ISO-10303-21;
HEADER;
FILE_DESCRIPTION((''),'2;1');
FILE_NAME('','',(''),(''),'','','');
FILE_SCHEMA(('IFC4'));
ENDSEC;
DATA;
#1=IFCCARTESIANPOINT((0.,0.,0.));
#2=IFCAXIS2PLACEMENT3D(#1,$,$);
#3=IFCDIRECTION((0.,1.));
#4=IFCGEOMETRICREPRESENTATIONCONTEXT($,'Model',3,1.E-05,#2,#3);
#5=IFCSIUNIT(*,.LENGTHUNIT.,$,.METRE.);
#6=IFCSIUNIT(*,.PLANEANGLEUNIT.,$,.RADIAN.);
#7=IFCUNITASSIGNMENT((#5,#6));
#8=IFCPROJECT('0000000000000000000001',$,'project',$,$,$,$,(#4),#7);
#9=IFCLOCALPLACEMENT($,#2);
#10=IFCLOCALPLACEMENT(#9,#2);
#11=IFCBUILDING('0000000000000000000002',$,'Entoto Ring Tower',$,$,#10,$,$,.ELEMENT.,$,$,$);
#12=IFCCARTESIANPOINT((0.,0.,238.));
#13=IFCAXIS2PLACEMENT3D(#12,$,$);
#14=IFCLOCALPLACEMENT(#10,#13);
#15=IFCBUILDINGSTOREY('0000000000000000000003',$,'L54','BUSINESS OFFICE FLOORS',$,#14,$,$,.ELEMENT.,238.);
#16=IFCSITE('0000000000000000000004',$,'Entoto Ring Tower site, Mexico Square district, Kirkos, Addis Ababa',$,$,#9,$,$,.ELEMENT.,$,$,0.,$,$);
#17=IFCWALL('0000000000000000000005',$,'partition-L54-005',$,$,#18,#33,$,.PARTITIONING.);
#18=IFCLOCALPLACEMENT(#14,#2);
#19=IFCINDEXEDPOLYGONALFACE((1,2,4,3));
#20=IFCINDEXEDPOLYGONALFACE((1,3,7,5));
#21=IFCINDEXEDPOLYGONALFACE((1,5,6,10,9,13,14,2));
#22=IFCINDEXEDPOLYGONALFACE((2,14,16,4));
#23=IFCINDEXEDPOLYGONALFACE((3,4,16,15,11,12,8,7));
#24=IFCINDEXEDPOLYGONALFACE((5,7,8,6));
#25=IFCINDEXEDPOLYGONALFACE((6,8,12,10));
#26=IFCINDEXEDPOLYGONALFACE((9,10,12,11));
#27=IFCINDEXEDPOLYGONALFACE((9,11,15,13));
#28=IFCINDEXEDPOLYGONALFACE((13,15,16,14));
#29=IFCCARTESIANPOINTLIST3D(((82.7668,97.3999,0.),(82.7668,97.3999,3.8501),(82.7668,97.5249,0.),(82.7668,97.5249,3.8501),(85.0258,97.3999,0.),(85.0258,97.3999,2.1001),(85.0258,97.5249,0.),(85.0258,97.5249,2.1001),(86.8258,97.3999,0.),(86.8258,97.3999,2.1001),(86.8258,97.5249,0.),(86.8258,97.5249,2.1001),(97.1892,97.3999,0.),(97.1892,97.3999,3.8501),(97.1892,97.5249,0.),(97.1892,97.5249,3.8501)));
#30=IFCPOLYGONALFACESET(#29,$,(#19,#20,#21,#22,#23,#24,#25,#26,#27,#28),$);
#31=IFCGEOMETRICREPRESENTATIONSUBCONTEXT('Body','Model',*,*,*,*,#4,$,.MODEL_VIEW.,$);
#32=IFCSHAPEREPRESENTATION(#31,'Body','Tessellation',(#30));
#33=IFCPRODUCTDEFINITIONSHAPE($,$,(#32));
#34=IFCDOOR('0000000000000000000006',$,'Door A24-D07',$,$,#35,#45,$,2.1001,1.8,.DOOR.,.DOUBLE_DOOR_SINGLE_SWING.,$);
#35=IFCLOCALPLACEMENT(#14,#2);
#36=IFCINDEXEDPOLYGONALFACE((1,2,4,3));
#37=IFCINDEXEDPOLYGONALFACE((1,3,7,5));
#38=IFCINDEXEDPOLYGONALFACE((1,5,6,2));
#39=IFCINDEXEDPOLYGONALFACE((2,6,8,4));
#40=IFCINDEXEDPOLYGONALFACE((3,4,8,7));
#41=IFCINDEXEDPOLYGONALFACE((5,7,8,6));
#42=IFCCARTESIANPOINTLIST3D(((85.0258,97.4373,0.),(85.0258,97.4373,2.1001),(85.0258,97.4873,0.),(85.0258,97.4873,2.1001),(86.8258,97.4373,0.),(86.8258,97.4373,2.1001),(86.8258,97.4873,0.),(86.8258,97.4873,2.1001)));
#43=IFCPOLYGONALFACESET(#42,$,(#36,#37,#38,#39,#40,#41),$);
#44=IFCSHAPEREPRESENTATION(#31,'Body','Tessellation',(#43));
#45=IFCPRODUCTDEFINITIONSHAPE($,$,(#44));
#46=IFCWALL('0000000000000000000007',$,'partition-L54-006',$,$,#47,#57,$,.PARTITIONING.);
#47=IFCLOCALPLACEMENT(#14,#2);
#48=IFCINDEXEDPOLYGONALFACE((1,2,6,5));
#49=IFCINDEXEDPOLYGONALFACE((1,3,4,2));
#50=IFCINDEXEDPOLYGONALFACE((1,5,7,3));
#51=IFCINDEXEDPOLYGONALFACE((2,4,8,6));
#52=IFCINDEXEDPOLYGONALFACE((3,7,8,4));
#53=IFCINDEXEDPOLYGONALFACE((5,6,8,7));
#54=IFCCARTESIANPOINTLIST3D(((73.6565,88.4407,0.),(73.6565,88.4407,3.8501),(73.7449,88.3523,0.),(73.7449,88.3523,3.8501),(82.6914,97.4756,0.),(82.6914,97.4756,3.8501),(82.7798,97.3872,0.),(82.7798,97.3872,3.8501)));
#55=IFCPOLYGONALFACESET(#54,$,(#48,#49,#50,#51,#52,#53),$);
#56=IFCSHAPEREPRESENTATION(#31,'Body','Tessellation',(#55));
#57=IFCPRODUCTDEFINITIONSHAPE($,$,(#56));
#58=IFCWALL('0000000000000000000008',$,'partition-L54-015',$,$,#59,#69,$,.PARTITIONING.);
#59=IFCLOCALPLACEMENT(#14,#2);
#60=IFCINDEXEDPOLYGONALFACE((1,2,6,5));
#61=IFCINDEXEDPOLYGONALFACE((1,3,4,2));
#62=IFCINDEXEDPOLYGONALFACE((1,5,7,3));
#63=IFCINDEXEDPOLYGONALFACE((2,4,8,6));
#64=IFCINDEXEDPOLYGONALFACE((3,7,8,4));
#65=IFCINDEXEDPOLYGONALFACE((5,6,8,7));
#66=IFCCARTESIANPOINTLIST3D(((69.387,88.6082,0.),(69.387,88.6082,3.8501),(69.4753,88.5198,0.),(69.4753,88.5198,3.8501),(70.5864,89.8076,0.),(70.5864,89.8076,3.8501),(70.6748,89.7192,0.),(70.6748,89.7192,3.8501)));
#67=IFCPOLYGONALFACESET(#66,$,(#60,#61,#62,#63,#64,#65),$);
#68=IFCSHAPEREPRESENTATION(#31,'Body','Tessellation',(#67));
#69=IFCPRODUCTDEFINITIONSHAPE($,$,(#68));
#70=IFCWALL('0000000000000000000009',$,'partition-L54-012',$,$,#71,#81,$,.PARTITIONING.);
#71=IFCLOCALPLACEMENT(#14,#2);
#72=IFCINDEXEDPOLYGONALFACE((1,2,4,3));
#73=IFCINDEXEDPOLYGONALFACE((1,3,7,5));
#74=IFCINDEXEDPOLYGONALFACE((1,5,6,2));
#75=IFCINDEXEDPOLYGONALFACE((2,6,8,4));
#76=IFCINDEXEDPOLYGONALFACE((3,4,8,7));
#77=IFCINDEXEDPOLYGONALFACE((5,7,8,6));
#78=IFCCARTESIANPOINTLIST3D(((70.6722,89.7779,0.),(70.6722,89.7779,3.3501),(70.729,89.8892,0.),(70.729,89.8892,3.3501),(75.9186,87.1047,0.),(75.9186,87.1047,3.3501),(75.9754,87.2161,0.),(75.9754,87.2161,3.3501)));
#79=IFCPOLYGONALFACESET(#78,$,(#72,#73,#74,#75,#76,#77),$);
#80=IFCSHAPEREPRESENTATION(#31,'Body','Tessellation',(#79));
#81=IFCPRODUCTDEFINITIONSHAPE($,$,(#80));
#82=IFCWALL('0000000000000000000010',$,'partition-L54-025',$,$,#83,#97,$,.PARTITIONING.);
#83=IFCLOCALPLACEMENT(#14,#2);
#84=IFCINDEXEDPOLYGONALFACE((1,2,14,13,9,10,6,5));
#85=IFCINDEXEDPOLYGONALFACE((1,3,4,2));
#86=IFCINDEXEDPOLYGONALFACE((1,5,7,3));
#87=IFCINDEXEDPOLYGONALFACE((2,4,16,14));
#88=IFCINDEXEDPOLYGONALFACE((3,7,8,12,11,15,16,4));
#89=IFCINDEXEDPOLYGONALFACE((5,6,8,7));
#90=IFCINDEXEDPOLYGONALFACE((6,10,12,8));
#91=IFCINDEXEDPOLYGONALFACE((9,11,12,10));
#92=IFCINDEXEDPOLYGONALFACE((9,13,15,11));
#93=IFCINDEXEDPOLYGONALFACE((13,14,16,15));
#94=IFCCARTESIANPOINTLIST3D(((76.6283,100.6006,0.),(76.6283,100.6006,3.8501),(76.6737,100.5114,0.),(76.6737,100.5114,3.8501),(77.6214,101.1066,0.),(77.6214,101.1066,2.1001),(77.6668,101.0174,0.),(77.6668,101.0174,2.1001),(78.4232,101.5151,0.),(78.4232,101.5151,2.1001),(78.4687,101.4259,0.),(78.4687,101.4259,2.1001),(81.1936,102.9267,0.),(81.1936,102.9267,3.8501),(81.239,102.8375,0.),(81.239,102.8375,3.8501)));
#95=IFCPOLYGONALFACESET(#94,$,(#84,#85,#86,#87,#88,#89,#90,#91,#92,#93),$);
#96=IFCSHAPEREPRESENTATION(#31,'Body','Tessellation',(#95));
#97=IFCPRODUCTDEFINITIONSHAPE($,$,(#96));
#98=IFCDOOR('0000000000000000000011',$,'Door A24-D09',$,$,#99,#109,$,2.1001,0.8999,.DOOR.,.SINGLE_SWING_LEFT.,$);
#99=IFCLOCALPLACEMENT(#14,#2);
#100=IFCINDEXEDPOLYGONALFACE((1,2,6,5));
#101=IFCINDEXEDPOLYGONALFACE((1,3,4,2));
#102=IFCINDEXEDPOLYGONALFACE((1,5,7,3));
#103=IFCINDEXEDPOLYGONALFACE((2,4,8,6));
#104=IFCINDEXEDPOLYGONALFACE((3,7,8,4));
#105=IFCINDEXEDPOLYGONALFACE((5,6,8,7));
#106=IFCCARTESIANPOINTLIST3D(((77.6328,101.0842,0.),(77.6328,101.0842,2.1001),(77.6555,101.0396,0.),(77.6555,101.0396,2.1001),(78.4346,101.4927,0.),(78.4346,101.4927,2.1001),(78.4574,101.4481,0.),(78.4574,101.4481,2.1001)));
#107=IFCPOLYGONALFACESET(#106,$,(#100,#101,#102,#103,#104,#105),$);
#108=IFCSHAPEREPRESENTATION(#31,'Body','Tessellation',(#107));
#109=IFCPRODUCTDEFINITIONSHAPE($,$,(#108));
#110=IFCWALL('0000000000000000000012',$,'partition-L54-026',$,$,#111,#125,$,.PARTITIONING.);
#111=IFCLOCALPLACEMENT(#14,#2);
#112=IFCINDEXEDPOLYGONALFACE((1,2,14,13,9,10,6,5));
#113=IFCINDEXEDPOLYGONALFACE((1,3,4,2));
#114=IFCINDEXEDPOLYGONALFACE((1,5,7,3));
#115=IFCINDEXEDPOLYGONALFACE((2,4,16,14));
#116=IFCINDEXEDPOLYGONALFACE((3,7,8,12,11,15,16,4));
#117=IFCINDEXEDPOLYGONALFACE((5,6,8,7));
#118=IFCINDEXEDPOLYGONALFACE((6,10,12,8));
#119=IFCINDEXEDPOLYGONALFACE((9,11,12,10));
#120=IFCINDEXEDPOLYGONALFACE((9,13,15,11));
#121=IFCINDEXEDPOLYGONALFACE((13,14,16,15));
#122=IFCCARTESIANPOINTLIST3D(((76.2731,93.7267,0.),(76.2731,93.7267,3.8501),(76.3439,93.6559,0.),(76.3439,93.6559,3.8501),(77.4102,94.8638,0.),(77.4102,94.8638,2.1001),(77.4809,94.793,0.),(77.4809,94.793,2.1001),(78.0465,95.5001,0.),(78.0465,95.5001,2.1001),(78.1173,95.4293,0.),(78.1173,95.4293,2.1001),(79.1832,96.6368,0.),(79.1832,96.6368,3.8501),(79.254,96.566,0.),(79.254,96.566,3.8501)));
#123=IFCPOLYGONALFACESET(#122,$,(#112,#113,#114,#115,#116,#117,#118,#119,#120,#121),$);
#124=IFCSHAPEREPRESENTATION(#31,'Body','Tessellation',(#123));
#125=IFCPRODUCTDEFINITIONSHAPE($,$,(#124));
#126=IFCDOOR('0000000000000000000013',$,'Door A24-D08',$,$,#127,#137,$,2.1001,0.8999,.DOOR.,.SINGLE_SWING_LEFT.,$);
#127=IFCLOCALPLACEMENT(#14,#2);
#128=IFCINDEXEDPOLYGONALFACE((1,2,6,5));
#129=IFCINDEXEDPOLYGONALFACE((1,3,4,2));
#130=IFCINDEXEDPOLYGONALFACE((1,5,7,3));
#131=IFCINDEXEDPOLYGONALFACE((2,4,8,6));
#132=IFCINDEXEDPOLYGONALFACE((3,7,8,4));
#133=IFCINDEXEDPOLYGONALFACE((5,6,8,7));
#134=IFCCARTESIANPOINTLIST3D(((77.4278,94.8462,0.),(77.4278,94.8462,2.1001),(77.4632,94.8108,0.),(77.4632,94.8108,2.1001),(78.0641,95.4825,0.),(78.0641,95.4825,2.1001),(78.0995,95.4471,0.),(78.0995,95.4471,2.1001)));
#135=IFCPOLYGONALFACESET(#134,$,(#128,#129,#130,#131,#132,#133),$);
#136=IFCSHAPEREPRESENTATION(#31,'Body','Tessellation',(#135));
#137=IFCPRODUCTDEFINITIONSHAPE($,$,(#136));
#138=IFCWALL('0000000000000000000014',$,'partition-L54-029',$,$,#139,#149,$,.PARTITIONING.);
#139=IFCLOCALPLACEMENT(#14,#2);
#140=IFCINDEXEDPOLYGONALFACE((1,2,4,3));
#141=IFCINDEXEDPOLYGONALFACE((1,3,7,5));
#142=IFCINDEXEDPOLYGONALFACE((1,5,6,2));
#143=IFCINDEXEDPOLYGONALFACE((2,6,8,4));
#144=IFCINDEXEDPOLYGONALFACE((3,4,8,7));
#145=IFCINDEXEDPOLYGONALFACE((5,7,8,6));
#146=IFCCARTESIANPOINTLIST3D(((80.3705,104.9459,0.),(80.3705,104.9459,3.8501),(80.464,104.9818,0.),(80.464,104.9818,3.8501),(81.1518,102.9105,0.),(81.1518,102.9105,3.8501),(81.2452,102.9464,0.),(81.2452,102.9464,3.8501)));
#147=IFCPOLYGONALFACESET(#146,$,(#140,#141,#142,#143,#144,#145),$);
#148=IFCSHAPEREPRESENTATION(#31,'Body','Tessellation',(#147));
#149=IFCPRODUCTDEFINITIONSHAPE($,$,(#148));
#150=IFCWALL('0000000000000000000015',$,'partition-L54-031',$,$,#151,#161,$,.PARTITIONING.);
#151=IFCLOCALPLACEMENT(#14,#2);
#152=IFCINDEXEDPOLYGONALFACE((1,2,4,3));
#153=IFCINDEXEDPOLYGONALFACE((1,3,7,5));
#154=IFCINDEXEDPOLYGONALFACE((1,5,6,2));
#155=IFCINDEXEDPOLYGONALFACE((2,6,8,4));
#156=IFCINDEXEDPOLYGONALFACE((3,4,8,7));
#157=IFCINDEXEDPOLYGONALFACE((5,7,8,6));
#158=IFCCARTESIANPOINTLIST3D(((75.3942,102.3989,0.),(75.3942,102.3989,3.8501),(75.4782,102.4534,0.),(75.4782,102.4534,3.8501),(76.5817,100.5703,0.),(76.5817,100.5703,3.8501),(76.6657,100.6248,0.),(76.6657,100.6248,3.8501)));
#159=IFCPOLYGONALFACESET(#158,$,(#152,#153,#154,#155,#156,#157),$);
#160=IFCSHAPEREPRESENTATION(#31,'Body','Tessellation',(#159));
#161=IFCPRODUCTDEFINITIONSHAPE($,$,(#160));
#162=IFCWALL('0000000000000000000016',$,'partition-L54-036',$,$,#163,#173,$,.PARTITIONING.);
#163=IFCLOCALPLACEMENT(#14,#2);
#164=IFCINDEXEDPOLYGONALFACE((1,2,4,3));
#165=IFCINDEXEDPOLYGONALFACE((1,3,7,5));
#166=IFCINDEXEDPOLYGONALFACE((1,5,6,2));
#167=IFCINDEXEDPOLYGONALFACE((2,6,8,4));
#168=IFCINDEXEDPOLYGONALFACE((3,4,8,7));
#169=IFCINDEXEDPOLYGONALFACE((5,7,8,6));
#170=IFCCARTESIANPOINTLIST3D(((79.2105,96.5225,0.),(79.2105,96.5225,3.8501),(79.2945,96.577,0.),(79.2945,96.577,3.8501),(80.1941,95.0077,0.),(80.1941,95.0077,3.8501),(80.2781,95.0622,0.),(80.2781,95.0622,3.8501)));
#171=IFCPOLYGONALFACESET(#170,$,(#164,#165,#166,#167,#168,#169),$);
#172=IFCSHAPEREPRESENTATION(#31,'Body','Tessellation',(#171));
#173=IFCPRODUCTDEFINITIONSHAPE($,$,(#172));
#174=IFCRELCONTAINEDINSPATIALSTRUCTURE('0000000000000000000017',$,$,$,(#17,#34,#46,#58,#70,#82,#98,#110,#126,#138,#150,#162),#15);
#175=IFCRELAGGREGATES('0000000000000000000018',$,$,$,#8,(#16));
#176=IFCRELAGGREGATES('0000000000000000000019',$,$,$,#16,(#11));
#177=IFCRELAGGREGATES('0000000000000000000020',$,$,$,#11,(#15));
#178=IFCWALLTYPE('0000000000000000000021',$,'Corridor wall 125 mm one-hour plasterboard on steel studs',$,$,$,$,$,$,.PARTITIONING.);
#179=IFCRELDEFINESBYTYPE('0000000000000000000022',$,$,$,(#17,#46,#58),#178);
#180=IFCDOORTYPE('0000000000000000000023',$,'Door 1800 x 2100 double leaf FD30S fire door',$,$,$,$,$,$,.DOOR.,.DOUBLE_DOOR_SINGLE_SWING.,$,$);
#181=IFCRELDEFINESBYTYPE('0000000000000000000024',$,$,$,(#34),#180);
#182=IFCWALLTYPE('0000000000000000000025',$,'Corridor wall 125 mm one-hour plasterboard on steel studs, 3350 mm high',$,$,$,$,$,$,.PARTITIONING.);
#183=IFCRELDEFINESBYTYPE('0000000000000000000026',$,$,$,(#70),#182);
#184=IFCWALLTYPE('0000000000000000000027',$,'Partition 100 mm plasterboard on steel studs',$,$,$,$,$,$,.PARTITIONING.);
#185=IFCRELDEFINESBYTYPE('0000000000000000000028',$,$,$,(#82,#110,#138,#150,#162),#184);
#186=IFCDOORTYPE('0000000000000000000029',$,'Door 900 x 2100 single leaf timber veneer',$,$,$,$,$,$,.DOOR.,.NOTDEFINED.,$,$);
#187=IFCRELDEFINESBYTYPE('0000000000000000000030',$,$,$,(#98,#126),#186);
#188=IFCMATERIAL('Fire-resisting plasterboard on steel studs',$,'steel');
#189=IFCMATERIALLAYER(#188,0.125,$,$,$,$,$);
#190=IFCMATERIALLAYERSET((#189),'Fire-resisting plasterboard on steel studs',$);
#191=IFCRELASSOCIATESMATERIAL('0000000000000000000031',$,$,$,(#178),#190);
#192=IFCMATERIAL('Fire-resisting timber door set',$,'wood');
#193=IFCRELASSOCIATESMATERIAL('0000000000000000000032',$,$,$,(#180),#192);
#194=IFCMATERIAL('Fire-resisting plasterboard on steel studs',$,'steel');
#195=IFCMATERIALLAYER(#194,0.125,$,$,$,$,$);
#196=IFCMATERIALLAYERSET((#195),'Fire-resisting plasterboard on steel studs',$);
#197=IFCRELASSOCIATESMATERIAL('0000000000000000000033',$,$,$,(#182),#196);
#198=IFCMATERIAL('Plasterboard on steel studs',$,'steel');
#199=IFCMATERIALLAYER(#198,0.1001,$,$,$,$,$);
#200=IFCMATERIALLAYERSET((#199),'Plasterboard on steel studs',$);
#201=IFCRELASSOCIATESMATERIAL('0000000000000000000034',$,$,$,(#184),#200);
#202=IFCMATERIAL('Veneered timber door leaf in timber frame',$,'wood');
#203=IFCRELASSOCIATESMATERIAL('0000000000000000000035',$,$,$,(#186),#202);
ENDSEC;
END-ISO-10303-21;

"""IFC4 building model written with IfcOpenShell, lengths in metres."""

from ifc_helpers import new_model, si_unit, direction, frame, frame_2d, origin, place, context, subcontext, project, spatial, rectangle, extrude, material, layer, layer_set, type_object, element, fill, save


model = new_model("IFC4")

# Units and contexts
model_context = context("Model", 3, precision=1e-05, world=origin(), true_north=direction((0.0, 1.0)))
body_context = subcontext(model_context, "Body", "Model", "MODEL_VIEW")
ifc_project = project(units=[si_unit("LENGTHUNIT", "METRE"), si_unit("PLANEANGLEUNIT", "RADIAN")], contexts=[model_context])

# Site, building, storey
site_placement = place(None, origin())
site = spatial("IfcSite", under=ifc_project, at=site_placement, Name="Entoto Ring Tower site, Mexico Square district, Kirkos, Addis Ababa", CompositionType="ELEMENT", RefElevation=0.0)
building_placement = place(site_placement, origin())
building = spatial("IfcBuilding", under=site, at=building_placement, Name="Entoto Ring Tower", CompositionType="ELEMENT")
storey_placement = place(building_placement, frame((0.0, 0.0, 238.0)))
storey = spatial("IfcBuildingStorey", under=building, at=storey_placement, Name="L54", Description="BUSINESS OFFICE FLOORS", CompositionType="ELEMENT", Elevation=238.0)

# Wall, opening, door
ifc_material_1 = material(Name="Fire-resisting plasterboard on steel studs", Category="steel")
ifc_layer_1 = layer(ifc_material_1, 0.125)
ifc_layer_set_1 = layer_set([ifc_layer_1], Name="Fire-resisting plasterboard on steel studs")
wall_type_1 = type_object("IfcWallType", Name="Corridor wall 125 mm one-hour plasterboard on steel studs", PredefinedType="PARTITIONING", material=ifc_layer_set_1)
wall_1_placement = place(storey_placement, frame((82.7668, 97.4624, 0.0), z_axis=(0.0, 0.0, 1.0), x_axis=(1.0, 0.0, 0.0)))
wall_1 = element("IfcWall", 1, at=wall_1_placement, inside=storey, type_object=wall_type_1, Name="partition-L54-005", PredefinedType="PARTITIONING", context=body_context, shape_type="SweptSolid", body=[
    extrude(rectangle(XDim=14.4224, YDim=0.125, at=frame_2d((7.2112, 0.0))), origin(), (0.0, 0.0, 1.0), 3.8501),
])
opening_1_placement = place(wall_1_placement, frame((2.259, 0.0, 0.0)))
opening_1 = element("IfcOpeningElement", 2, at=opening_1_placement, cuts=wall_1, PredefinedType="OPENING", context=body_context, shape_type="SweptSolid", body=[
    extrude(rectangle(XDim=1.8, YDim=2.1001, at=frame_2d((0.8999, 1.05))), frame((0.0, 0.0725, 0.0), z_axis=(0.0, -1.0, 0.0), x_axis=(1.0, 0.0, 0.0)), (0.0, 0.0, 1.0), 0.145),
])
ifc_material_2 = material(Name="Fire-resisting timber door set", Category="wood")
door_type_1 = type_object("IfcDoorType", Name="Door 1800 x 2100 double leaf FD30S fire door", OperationType="DOUBLE_DOOR_SINGLE_SWING", PredefinedType="DOOR", material=ifc_material_2)
door_1_placement = place(opening_1_placement, origin())
door_1 = element("IfcDoor", 3, at=door_1_placement, inside=storey, type_object=door_type_1, Name="Door A24-D07", OperationType="DOUBLE_DOOR_SINGLE_SWING", OverallHeight=2.1001, OverallWidth=1.8, PredefinedType="DOOR", context=body_context, shape_type="SweptSolid", body=[
    extrude(rectangle(XDim=1.8, YDim=2.1001, at=frame_2d((0.8999, 1.05))), frame((0.0, 0.0249, 0.0), z_axis=(0.0, -1.0, 0.0), x_axis=(1.0, 0.0, 0.0)), (0.0, 0.0, 1.0), 0.05),
])
fill(opening_1, door_1)

# Walls
wall_2_placement = place(storey_placement, frame((73.7007, 88.3965, 0.0), z_axis=(0.0, 0.0, 1.0), x_axis=(0.707107, 0.707107, 0.0)))
element("IfcWall", 4, at=wall_2_placement, inside=storey, type_object=wall_type_1, Name="partition-L54-006", PredefinedType="PARTITIONING", context=body_context, shape_type="SweptSolid", body=[
    extrude(rectangle(XDim=12.7773, YDim=0.125, at=frame_2d((6.3887, 0.0))), origin(), (0.0, 0.0, 1.0), 3.8501),
])
wall_3_placement = place(storey_placement, frame((69.4312, 88.564, 0.0), z_axis=(0.0, 0.0, 1.0), x_axis=(0.707107, 0.707107, 0.0)))
element("IfcWall", 5, at=wall_3_placement, inside=storey, type_object=wall_type_1, Name="partition-L54-015", PredefinedType="PARTITIONING", context=body_context, shape_type="SweptSolid", body=[
    extrude(rectangle(XDim=1.6963, YDim=0.125, at=frame_2d((0.8481, 0.0))), origin(), (0.0, 0.0, 1.0), 3.8501),
])
ifc_material_3 = material(Name="Fire-resisting plasterboard on steel studs", Category="steel")
ifc_layer_2 = layer(ifc_material_3, 0.125)
ifc_layer_set_2 = layer_set([ifc_layer_2], Name="Fire-resisting plasterboard on steel studs")
wall_type_2 = type_object("IfcWallType", Name="Corridor wall 125 mm one-hour plasterboard on steel studs, 3350 mm high", PredefinedType="PARTITIONING", material=ifc_layer_set_2)
wall_4_placement = place(storey_placement, frame((75.947, 87.1604, 0.0), z_axis=(0.0, 0.0, 1.0), x_axis=(-0.89101, 0.453984, 0.0)))
element("IfcWall", 6, at=wall_4_placement, inside=storey, type_object=wall_type_2, Name="partition-L54-012", PredefinedType="PARTITIONING", context=body_context, shape_type="SweptSolid", body=[
    extrude(rectangle(XDim=5.8882, YDim=0.125, at=frame_2d((2.9441, 0.0))), origin(), (0.0, 0.0, 1.0), 3.3501),
])

# Walls, openings, doors
ifc_material_4 = material(Name="Plasterboard on steel studs", Category="steel")
ifc_layer_3 = layer(ifc_material_4, 0.1001)
ifc_layer_set_3 = layer_set([ifc_layer_3], Name="Plasterboard on steel studs")
wall_type_3 = type_object("IfcWallType", Name="Partition 100 mm plasterboard on steel studs", PredefinedType="PARTITIONING", material=ifc_layer_set_3)
wall_5_placement = place(storey_placement, frame((76.6509, 100.5559, 0.0), z_axis=(0.0, 0.0, 1.0), x_axis=(0.891009, 0.453986, 0.0)))
wall_5 = element("IfcWall", 7, at=wall_5_placement, inside=storey, type_object=wall_type_3, Name="partition-L54-025", PredefinedType="PARTITIONING", context=body_context, shape_type="SweptSolid", body=[
    extrude(rectangle(XDim=5.1238, YDim=0.1001, at=frame_2d((2.562, 0.0))), origin(), (0.0, 0.0, 1.0), 3.8501),
])
opening_2_placement = place(wall_5_placement, frame((1.1147, 0.0, 0.0)))
opening_2 = element("IfcOpeningElement", 8, at=opening_2_placement, cuts=wall_5, PredefinedType="OPENING", context=body_context, shape_type="SweptSolid", body=[
    extrude(rectangle(XDim=0.8999, YDim=2.1001, at=frame_2d((0.45, 1.05))), frame((0.0, 0.0601, 0.0), z_axis=(0.0, -1.0, 0.0), x_axis=(1.0, 0.0, 0.0)), (0.0, 0.0, 1.0), 0.1201),
])
ifc_material_5 = material(Name="Veneered timber door leaf in timber frame", Category="wood")
door_type_2 = type_object("IfcDoorType", Name="Door 900 x 2100 single leaf timber veneer", OperationType="NOTDEFINED", PredefinedType="DOOR", material=ifc_material_5)
door_2_placement = place(opening_2_placement, origin())
door_2 = element("IfcDoor", 9, at=door_2_placement, inside=storey, type_object=door_type_2, Name="Door A24-D09", OperationType="SINGLE_SWING_LEFT", OverallHeight=2.1001, OverallWidth=0.8999, PredefinedType="DOOR", context=body_context, shape_type="SweptSolid", body=[
    extrude(rectangle(XDim=0.8999, YDim=2.1001, at=frame_2d((0.45, 1.05))), frame((0.0, 0.0249, 0.0), z_axis=(0.0, -1.0, 0.0), x_axis=(1.0, 0.0, 0.0)), (0.0, 0.0, 1.0), 0.05),
])
fill(opening_2, door_2)
wall_6_placement = place(storey_placement, frame((76.3086, 93.6914, 0.0), z_axis=(0.0, 0.0, 1.0), x_axis=(0.707107, 0.707107, 0.0)))
wall_6 = element("IfcWall", 10, at=wall_6_placement, inside=storey, type_object=wall_type_3, Name="partition-L54-026", PredefinedType="PARTITIONING", context=body_context, shape_type="SweptSolid", body=[
    extrude(rectangle(XDim=4.1155, YDim=0.1001, at=frame_2d((2.0576, 0.0))), origin(), (0.0, 0.0, 1.0), 3.8501),
])
opening_3_placement = place(wall_6_placement, frame((1.6079, 0.0, 0.0)))
opening_3 = element("IfcOpeningElement", 11, at=opening_3_placement, cuts=wall_6, PredefinedType="OPENING", context=body_context, shape_type="SweptSolid", body=[
    extrude(rectangle(XDim=0.8999, YDim=2.1001, at=frame_2d((0.45, 1.05))), frame((0.0, 0.0601, 0.0), z_axis=(0.0, -1.0, 0.0), x_axis=(1.0, 0.0, 0.0)), (0.0, 0.0, 1.0), 0.1201),
])
door_3_placement = place(opening_3_placement, frame((0.8999, 0.0, 0.0), z_axis=(0.0, 0.0, 1.0), x_axis=(-1.0, 0.0, 0.0)))
door_3 = element("IfcDoor", 12, at=door_3_placement, inside=storey, type_object=door_type_2, Name="Door A24-D08", OperationType="SINGLE_SWING_LEFT", OverallHeight=2.1001, OverallWidth=0.8999, PredefinedType="DOOR", context=body_context, shape_type="SweptSolid", body=[
    extrude(rectangle(XDim=0.8999, YDim=2.1001, at=frame_2d((0.45, 1.05))), frame((0.0, 0.0249, 0.0), z_axis=(0.0, -1.0, 0.0), x_axis=(1.0, 0.0, 0.0)), (0.0, 0.0, 1.0), 0.05),
])
fill(opening_3, door_3)

# Walls
wall_7_placement = place(storey_placement, frame((81.1985, 102.9285, 0.0), z_axis=(0.0, 0.0, 1.0), x_axis=(-0.358341, 0.933591, 0.0)))
element("IfcWall", 13, at=wall_7_placement, inside=storey, type_object=wall_type_3, Name="partition-L54-029", PredefinedType="PARTITIONING", context=body_context, shape_type="SweptSolid", body=[
    extrude(rectangle(XDim=2.1802, YDim=0.1001, at=frame_2d((1.0901, 0.0))), origin(), (0.0, 0.0, 1.0), 3.8501),
])
wall_8_placement = place(storey_placement, frame((76.6238, 100.5974, 0.0), z_axis=(0.0, 0.0, 1.0), x_axis=(-0.544634, 0.838674, 0.0)))
element("IfcWall", 14, at=wall_8_placement, inside=storey, type_object=wall_type_3, Name="partition-L54-031", PredefinedType="PARTITIONING", context=body_context, shape_type="SweptSolid", body=[
    extrude(rectangle(XDim=2.1804, YDim=0.1001, at=frame_2d((1.0903, 0.0))), origin(), (0.0, 0.0, 1.0), 3.8501),
])
wall_9_placement = place(storey_placement, frame((80.2361, 95.0349, 0.0), z_axis=(0.0, 0.0, 1.0), x_axis=(-0.544584, 0.838706, 0.0)))
element("IfcWall", 15, at=wall_9_placement, inside=storey, type_object=wall_type_3, Name="partition-L54-036", PredefinedType="PARTITIONING", context=body_context, shape_type="SweptSolid", body=[
    extrude(rectangle(XDim=1.8062, YDim=0.1001, at=frame_2d((0.9031, 0.0))), origin(), (0.0, 0.0, 1.0), 3.8501),
])

save(model, "model.ifc")
